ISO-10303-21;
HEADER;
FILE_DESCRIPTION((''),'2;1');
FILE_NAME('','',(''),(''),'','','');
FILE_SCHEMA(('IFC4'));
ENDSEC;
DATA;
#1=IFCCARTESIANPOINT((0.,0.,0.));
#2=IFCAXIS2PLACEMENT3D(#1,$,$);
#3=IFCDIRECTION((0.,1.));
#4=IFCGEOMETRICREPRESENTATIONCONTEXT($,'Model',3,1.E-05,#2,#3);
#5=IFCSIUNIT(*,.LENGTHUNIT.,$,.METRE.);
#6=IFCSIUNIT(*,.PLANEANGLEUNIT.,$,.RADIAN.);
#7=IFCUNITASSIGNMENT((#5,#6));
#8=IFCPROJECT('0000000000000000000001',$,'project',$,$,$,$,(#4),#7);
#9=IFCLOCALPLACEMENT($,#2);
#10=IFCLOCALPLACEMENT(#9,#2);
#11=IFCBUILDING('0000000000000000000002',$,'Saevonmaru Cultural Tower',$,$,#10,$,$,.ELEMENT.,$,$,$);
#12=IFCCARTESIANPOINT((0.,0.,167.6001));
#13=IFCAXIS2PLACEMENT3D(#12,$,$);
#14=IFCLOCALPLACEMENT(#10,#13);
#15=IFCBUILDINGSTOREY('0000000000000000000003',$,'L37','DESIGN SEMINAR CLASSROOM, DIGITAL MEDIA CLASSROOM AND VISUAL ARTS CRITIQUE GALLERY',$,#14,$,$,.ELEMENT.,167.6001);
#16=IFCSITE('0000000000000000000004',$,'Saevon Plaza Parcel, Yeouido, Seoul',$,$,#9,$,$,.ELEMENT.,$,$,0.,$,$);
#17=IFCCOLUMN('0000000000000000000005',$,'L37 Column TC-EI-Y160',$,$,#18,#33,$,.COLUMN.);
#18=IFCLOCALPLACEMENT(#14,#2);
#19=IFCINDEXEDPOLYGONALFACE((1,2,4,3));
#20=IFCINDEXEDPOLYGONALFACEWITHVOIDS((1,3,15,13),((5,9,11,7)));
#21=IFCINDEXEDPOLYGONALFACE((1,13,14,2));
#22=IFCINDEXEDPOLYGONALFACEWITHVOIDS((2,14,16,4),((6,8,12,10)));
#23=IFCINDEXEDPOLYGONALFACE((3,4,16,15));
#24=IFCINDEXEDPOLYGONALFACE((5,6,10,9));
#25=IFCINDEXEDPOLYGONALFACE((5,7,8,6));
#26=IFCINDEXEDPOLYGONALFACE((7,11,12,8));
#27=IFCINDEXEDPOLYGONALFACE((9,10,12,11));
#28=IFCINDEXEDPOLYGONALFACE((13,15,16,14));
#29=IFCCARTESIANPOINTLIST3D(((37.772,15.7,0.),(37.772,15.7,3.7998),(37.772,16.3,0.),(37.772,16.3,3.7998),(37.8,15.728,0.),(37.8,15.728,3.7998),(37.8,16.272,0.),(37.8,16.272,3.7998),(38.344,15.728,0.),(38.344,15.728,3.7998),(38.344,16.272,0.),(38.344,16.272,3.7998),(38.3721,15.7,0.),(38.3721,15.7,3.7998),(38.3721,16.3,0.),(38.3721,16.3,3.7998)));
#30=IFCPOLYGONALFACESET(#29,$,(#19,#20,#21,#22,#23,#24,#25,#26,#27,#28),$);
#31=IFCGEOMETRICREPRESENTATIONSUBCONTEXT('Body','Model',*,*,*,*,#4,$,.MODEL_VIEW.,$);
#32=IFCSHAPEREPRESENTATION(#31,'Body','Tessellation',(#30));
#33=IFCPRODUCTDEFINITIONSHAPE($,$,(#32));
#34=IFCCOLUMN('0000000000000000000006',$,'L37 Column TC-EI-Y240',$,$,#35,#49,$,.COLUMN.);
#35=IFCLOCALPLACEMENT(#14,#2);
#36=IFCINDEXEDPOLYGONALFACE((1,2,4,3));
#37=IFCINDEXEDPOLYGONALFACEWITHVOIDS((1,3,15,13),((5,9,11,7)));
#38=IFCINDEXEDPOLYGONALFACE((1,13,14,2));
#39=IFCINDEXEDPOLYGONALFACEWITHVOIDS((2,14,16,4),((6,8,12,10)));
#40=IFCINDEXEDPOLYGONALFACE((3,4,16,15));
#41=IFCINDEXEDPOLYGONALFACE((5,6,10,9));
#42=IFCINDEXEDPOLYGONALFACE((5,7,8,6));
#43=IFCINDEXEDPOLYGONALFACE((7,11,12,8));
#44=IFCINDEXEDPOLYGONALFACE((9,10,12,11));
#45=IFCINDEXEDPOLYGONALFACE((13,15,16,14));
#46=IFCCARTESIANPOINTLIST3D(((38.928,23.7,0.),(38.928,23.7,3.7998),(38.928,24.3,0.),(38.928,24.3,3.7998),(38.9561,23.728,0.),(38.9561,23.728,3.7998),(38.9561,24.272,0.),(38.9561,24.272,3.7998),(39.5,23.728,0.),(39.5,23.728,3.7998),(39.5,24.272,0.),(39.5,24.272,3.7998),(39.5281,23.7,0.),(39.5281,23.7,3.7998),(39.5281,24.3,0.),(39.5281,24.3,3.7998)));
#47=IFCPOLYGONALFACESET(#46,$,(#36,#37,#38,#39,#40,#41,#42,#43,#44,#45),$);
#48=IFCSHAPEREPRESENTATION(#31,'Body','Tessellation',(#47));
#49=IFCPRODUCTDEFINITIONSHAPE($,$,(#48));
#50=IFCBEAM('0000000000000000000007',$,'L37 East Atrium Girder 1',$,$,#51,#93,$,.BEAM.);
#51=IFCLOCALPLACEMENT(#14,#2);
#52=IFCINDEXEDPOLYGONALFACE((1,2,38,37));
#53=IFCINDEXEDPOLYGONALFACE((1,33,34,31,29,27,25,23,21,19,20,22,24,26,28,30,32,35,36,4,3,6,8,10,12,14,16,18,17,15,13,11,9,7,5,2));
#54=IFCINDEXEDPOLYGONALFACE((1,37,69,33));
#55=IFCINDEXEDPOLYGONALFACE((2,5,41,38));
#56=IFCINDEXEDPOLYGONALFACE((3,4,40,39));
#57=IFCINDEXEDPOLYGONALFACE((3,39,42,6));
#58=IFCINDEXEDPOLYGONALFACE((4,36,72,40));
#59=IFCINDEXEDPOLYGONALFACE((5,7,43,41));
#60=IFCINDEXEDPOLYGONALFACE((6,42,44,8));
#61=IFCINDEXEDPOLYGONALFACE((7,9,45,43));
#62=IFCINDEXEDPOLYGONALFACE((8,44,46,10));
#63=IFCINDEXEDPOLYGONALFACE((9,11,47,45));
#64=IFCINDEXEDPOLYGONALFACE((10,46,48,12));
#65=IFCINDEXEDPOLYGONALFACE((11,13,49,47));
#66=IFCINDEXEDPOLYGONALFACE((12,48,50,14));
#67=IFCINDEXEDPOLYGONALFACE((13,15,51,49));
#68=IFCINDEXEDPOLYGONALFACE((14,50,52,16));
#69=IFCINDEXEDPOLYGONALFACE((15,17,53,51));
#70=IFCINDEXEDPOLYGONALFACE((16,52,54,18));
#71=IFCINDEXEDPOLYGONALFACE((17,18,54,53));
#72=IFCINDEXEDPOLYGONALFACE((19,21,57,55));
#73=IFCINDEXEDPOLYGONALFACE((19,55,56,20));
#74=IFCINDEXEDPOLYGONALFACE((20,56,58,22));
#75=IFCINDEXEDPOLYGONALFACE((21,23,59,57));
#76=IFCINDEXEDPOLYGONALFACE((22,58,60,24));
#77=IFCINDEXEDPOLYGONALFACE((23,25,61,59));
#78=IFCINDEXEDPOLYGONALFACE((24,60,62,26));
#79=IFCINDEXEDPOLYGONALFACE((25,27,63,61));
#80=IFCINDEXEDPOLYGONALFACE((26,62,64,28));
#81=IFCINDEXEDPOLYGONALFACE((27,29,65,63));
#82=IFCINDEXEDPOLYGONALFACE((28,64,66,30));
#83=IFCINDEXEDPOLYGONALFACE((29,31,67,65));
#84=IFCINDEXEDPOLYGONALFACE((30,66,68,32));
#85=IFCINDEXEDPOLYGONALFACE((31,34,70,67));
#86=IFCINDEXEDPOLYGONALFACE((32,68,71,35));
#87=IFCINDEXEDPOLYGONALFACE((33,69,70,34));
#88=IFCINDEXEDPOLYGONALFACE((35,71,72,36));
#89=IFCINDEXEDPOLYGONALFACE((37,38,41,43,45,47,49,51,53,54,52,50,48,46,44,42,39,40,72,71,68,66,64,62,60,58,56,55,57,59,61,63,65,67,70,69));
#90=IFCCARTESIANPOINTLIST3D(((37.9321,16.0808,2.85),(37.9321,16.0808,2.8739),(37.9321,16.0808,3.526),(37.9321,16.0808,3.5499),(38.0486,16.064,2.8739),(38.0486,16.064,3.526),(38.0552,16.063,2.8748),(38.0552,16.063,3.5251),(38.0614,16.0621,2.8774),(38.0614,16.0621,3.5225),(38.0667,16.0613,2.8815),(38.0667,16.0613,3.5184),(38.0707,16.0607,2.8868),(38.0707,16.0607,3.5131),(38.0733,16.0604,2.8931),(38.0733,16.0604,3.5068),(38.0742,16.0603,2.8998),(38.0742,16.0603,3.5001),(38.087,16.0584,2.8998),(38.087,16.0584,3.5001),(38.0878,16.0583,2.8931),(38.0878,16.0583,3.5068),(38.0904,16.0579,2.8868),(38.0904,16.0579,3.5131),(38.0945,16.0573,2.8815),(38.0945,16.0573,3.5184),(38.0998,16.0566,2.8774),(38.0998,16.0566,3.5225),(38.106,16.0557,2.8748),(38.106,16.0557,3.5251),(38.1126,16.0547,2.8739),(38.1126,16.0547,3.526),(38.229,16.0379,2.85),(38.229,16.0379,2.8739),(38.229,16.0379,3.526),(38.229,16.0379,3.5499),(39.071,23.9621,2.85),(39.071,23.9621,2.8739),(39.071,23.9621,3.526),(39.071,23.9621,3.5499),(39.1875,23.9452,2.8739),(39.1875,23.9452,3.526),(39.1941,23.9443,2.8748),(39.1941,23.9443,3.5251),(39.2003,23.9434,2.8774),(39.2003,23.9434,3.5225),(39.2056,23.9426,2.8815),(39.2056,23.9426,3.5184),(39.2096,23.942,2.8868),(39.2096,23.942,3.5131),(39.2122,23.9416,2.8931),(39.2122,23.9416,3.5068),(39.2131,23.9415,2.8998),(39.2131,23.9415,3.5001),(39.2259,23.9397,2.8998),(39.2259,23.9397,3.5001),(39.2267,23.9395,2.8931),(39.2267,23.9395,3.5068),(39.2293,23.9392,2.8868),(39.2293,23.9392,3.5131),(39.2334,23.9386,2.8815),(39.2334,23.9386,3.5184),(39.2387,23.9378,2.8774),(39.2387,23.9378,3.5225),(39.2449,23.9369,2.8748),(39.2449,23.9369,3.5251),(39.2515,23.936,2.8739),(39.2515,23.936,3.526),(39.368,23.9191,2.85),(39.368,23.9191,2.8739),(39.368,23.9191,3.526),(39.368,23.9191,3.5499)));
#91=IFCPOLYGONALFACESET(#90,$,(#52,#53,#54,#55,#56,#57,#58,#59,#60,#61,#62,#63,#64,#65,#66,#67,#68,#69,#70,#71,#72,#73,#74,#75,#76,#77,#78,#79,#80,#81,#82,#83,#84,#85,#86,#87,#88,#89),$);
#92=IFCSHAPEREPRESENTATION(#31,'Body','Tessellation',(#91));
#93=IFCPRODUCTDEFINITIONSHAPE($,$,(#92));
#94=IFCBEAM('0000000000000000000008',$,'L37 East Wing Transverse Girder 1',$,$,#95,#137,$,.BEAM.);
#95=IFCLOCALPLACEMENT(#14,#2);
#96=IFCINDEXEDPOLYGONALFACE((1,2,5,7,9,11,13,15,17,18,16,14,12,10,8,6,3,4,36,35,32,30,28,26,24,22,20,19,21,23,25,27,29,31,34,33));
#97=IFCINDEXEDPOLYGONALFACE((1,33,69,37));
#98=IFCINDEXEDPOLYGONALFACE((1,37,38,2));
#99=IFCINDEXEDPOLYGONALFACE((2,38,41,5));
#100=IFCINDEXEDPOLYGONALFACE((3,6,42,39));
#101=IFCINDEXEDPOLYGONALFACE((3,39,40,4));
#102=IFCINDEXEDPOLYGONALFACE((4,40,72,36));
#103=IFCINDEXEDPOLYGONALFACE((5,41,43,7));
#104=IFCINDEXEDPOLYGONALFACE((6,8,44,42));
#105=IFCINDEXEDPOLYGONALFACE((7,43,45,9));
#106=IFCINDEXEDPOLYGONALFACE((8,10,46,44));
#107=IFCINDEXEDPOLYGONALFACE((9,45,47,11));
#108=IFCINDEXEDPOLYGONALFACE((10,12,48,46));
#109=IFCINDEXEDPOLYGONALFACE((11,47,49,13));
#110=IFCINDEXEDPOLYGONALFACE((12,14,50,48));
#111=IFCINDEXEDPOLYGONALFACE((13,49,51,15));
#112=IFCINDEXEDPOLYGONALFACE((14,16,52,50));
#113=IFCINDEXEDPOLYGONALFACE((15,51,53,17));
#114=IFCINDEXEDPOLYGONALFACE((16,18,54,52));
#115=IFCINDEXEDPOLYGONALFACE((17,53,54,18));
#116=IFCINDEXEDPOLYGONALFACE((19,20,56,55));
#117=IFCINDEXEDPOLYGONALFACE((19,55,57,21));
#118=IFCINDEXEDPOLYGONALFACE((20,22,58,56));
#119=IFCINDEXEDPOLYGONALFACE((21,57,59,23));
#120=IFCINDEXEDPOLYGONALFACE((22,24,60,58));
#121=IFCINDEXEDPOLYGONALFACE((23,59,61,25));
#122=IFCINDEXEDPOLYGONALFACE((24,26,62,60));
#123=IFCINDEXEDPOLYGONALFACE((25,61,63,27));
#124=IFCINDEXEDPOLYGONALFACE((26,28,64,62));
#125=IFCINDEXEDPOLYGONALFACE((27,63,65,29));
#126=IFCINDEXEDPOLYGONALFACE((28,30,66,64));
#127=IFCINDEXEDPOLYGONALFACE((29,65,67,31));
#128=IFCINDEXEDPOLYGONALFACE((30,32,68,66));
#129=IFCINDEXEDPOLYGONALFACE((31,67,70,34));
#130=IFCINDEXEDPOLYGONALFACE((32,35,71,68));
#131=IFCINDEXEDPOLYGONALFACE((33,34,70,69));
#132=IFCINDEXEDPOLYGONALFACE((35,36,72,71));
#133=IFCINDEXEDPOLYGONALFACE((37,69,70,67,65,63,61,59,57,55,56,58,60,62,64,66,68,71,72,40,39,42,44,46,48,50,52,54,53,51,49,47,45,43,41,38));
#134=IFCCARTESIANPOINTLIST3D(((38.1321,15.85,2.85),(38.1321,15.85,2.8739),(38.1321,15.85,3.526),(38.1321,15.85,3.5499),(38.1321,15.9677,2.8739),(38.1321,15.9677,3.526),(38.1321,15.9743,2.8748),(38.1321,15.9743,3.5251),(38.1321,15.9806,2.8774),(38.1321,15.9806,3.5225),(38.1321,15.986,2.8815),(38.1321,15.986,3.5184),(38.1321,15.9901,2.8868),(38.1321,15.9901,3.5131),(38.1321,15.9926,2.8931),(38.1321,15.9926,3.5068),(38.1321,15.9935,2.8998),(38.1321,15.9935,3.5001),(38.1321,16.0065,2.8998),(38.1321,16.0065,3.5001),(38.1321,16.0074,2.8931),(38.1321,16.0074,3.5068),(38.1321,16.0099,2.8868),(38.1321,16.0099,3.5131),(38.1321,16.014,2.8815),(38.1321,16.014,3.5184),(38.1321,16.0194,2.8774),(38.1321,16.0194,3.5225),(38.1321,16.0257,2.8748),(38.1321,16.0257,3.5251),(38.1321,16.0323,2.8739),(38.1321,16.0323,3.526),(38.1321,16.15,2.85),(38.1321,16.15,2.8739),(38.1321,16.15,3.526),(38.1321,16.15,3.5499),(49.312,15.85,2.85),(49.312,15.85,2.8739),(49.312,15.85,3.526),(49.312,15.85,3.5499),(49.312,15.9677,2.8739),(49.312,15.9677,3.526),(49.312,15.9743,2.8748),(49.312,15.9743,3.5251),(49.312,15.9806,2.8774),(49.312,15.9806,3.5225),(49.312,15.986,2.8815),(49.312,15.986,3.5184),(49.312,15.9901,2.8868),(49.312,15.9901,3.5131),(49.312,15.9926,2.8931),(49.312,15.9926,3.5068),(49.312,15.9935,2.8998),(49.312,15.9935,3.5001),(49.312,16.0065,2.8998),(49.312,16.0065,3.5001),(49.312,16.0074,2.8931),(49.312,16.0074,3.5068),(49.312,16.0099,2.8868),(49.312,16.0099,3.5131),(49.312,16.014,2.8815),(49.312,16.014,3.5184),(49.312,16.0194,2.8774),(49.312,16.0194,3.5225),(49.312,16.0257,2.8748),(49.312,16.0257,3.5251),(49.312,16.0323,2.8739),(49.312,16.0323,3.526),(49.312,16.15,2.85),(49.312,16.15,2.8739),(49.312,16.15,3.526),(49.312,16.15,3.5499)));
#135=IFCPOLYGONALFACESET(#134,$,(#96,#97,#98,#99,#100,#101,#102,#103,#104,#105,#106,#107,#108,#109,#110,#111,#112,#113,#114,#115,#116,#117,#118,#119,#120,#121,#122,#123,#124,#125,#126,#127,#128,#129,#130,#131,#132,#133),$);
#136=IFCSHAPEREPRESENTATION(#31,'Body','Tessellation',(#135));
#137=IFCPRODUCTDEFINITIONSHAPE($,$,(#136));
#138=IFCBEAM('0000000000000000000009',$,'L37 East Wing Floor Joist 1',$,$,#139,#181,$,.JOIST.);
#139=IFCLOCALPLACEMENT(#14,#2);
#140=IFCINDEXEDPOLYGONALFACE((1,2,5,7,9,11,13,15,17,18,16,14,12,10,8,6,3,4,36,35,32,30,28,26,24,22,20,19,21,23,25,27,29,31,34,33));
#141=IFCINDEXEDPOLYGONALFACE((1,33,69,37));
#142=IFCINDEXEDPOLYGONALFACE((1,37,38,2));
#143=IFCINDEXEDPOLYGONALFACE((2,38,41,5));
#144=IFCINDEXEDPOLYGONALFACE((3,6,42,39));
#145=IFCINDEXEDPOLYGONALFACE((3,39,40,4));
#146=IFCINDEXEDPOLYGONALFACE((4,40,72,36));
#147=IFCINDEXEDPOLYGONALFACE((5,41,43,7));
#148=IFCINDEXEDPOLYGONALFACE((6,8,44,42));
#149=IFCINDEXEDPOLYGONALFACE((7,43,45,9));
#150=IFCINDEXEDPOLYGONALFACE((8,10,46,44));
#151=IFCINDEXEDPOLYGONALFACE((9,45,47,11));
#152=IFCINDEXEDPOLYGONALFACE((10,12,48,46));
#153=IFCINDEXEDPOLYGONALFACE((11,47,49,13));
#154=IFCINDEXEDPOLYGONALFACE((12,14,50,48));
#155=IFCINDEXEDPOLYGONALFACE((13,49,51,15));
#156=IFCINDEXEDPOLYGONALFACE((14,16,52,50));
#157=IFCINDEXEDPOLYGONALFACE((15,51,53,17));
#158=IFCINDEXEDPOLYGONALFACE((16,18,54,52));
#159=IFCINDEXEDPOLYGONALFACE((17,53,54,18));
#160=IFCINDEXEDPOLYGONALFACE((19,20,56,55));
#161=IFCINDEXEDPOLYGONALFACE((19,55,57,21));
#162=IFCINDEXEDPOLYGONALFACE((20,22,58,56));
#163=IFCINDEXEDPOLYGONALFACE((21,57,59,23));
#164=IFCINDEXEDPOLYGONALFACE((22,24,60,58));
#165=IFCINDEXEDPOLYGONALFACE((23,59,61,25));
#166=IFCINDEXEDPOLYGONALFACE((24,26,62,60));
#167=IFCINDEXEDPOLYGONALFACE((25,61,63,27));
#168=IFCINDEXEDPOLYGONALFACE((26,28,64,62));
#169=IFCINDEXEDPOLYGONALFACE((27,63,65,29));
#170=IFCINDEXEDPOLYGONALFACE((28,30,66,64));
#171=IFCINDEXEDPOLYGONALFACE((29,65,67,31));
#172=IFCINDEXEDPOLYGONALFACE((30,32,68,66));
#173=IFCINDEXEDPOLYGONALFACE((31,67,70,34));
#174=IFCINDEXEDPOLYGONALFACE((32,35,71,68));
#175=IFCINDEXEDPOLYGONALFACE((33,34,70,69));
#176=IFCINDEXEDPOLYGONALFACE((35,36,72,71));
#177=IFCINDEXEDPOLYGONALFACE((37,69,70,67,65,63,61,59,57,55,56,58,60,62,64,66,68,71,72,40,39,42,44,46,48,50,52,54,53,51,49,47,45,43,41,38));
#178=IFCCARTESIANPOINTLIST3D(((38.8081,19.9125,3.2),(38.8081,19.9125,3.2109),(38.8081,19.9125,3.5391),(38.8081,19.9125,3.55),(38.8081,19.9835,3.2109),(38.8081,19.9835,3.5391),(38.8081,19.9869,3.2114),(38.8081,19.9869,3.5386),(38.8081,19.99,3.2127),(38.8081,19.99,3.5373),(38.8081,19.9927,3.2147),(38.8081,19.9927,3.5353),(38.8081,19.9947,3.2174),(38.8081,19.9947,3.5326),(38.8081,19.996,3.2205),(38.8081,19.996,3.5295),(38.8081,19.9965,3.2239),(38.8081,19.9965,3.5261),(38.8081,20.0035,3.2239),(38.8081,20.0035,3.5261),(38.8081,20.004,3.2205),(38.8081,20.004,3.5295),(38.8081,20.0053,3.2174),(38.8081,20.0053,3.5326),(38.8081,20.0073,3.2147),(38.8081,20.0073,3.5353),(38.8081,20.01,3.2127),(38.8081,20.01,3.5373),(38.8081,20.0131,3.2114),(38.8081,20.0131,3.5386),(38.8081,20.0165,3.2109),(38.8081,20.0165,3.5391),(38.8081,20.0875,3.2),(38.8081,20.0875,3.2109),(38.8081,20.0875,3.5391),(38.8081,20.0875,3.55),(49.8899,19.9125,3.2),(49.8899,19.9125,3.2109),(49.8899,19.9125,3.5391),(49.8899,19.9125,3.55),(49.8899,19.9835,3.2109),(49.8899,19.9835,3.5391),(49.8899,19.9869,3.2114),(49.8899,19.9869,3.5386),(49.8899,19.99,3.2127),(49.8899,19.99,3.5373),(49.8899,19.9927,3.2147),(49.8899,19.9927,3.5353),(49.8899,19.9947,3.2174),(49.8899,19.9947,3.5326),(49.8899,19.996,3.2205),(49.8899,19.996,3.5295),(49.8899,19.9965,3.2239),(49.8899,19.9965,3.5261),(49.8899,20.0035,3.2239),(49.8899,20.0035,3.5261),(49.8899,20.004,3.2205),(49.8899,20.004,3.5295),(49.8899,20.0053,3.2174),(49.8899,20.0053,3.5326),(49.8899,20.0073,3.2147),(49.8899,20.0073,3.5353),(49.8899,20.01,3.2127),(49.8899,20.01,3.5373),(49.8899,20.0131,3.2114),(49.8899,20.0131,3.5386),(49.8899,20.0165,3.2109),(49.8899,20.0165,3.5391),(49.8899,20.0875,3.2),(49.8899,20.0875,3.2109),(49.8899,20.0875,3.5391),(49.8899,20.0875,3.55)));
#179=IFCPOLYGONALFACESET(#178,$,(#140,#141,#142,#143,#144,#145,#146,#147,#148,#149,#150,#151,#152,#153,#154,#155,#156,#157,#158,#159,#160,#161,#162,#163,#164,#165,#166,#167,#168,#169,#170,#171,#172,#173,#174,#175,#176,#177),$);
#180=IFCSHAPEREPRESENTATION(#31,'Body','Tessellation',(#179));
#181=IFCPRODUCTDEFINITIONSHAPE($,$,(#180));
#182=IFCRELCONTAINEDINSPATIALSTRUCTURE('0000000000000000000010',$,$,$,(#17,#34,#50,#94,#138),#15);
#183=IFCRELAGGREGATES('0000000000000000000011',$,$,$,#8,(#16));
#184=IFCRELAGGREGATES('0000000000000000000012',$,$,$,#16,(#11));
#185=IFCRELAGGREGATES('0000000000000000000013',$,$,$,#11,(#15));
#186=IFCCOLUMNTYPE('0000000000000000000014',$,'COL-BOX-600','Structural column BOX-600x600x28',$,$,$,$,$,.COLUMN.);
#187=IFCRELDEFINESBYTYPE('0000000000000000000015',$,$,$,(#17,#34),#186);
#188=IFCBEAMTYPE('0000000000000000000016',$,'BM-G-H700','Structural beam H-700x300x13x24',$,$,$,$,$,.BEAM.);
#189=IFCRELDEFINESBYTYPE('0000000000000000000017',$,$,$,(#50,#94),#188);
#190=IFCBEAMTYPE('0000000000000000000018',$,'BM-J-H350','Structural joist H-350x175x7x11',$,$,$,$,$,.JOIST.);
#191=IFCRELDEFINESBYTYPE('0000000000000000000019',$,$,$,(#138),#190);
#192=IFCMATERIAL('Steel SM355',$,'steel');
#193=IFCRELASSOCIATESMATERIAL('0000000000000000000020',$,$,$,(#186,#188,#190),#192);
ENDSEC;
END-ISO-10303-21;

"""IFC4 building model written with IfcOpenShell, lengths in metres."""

from ifc_helpers import new_model, si_unit, direction, frame, origin, origin_2d, place, context, subcontext, project, spatial, hollow_rectangle, i_section, extrude, material, material_profile, profile_set, type_object, element, save


model = new_model("IFC4")

# Units and contexts
model_context = context("Model", 3, precision=1e-05, world=origin(), true_north=direction((0.0, 1.0)))
body_context = subcontext(model_context, "Body", "Model", "MODEL_VIEW")
ifc_project = project(units=[si_unit("LENGTHUNIT", "METRE"), si_unit("PLANEANGLEUNIT", "RADIAN")], contexts=[model_context])

# Site, building, storey
site_placement = place(None, origin())
site = spatial("IfcSite", under=ifc_project, at=site_placement, Name="Saevon Plaza Parcel, Yeouido, Seoul", CompositionType="ELEMENT", RefElevation=0.0)
building_placement = place(site_placement, origin())
building = spatial("IfcBuilding", under=site, at=building_placement, Name="Saevonmaru Cultural Tower", CompositionType="ELEMENT")
storey_placement = place(building_placement, frame((0.0, 0.0, 167.6001)))
storey = spatial("IfcBuildingStorey", under=building, at=storey_placement, Name="L37", Description="DESIGN SEMINAR CLASSROOM, DIGITAL MEDIA CLASSROOM AND VISUAL ARTS CRITIQUE GALLERY", CompositionType="ELEMENT", Elevation=167.6001)

# Columns
ifc_material_1 = material(Name="Steel SM355", Category="steel")
ifc_material_profile_1 = material_profile(ifc_material_1, hollow_rectangle(XDim=0.6001, YDim=0.6001, WallThickness=0.0281, at=origin_2d()), Name="BOX-600x600x28")
ifc_profile_set_1 = profile_set([ifc_material_profile_1], Name="Steel SM355")
column_type = type_object("IfcColumnType", Name="COL-BOX-600", Description="Structural column BOX-600x600x28", PredefinedType="COLUMN", material=ifc_profile_set_1)
for number, where, z_axis, x_axis, name in (
    (1, (38.072, 16.0, 0.0), (0.0, 0.0, 1.0), (1.0, 0.0, 0.0), "L37 Column TC-EI-Y160"),
    (2, (39.228, 24.0, 0.0), (0.0, 0.0, 1.0), (1.0, 0.0, 0.0), "L37 Column TC-EI-Y240"),
):
    element("IfcColumn", number, at=place(storey_placement, frame(where, z_axis=z_axis, x_axis=x_axis)), inside=storey, type_object=column_type, Name=name, PredefinedType="COLUMN", context=body_context, shape_type="SweptSolid", body=[
        extrude(hollow_rectangle(XDim=0.6001, YDim=0.6001, WallThickness=0.0281, at=origin_2d()), origin(), (0.0, 0.0, 1.0), 3.7998),
    ])

# Beams
ifc_material_profile_2 = material_profile(ifc_material_1, i_section(OverallWidth=0.3, OverallDepth=0.7, WebThickness=0.0129, FlangeThickness=0.0239, FilletRadius=0.0259, at=origin_2d()), Name="H-700x300x13x24")
ifc_profile_set_2 = profile_set([ifc_material_profile_2], Name="Steel SM355")
beam_type_1 = type_object("IfcBeamType", Name="BM-G-H700", Description="Structural beam H-700x300x13x24", PredefinedType="BEAM", material=ifc_profile_set_2)
beam_1_placement = place(storey_placement, frame((38.0806, 16.0593, 3.2), z_axis=(0.143022, 0.989719, 0.0), x_axis=(-0.989719, 0.143022, 0.0)))
element("IfcBeam", 3, at=beam_1_placement, inside=storey, type_object=beam_type_1, Name="L37 East Atrium Girder 1", PredefinedType="BEAM", context=body_context, shape_type="SweptSolid", body=[
    extrude(i_section(OverallWidth=0.3, OverallDepth=0.7, WebThickness=0.0129, FlangeThickness=0.0239, FilletRadius=0.0259, at=origin_2d()), origin(), (0.0, 0.0, 1.0), 7.9631),
])
beam_2_placement = place(storey_placement, frame((38.1321, 16.0, 3.2), z_axis=(1.0, 0.0, 0.0), x_axis=(0.0, 1.0, 0.0)))
element("IfcBeam", 4, at=beam_2_placement, inside=storey, type_object=beam_type_1, Name="L37 East Wing Transverse Girder 1", PredefinedType="BEAM", context=body_context, shape_type="SweptSolid", body=[
    extrude(i_section(OverallWidth=0.3, OverallDepth=0.7, WebThickness=0.0129, FlangeThickness=0.0239, FilletRadius=0.0259, at=origin_2d()), origin(), (0.0, 0.0, 1.0), 11.1799),
])
ifc_material_profile_3 = material_profile(ifc_material_1, i_section(OverallWidth=0.175, OverallDepth=0.3501, WebThickness=0.0071, FlangeThickness=0.011, FilletRadius=0.0129, at=origin_2d()), Name="H-350x175x7x11")
ifc_profile_set_3 = profile_set([ifc_material_profile_3], Name="Steel SM355")
beam_type_2 = type_object("IfcBeamType", Name="BM-J-H350", Description="Structural joist H-350x175x7x11", PredefinedType="JOIST", material=ifc_profile_set_3)
beam_3_placement = place(storey_placement, frame((38.8081, 20.0, 3.375), z_axis=(1.0, 0.0, 0.0), x_axis=(0.0, 1.0, 0.0)))
element("IfcBeam", 5, at=beam_3_placement, inside=storey, type_object=beam_type_2, Name="L37 East Wing Floor Joist 1", PredefinedType="JOIST", context=body_context, shape_type="SweptSolid", body=[
    extrude(i_section(OverallWidth=0.175, OverallDepth=0.3501, WebThickness=0.0071, FlangeThickness=0.011, FilletRadius=0.0129, at=origin_2d()), origin(), (0.0, 0.0, 1.0), 11.0818),
])

save(model, "model.ifc")
